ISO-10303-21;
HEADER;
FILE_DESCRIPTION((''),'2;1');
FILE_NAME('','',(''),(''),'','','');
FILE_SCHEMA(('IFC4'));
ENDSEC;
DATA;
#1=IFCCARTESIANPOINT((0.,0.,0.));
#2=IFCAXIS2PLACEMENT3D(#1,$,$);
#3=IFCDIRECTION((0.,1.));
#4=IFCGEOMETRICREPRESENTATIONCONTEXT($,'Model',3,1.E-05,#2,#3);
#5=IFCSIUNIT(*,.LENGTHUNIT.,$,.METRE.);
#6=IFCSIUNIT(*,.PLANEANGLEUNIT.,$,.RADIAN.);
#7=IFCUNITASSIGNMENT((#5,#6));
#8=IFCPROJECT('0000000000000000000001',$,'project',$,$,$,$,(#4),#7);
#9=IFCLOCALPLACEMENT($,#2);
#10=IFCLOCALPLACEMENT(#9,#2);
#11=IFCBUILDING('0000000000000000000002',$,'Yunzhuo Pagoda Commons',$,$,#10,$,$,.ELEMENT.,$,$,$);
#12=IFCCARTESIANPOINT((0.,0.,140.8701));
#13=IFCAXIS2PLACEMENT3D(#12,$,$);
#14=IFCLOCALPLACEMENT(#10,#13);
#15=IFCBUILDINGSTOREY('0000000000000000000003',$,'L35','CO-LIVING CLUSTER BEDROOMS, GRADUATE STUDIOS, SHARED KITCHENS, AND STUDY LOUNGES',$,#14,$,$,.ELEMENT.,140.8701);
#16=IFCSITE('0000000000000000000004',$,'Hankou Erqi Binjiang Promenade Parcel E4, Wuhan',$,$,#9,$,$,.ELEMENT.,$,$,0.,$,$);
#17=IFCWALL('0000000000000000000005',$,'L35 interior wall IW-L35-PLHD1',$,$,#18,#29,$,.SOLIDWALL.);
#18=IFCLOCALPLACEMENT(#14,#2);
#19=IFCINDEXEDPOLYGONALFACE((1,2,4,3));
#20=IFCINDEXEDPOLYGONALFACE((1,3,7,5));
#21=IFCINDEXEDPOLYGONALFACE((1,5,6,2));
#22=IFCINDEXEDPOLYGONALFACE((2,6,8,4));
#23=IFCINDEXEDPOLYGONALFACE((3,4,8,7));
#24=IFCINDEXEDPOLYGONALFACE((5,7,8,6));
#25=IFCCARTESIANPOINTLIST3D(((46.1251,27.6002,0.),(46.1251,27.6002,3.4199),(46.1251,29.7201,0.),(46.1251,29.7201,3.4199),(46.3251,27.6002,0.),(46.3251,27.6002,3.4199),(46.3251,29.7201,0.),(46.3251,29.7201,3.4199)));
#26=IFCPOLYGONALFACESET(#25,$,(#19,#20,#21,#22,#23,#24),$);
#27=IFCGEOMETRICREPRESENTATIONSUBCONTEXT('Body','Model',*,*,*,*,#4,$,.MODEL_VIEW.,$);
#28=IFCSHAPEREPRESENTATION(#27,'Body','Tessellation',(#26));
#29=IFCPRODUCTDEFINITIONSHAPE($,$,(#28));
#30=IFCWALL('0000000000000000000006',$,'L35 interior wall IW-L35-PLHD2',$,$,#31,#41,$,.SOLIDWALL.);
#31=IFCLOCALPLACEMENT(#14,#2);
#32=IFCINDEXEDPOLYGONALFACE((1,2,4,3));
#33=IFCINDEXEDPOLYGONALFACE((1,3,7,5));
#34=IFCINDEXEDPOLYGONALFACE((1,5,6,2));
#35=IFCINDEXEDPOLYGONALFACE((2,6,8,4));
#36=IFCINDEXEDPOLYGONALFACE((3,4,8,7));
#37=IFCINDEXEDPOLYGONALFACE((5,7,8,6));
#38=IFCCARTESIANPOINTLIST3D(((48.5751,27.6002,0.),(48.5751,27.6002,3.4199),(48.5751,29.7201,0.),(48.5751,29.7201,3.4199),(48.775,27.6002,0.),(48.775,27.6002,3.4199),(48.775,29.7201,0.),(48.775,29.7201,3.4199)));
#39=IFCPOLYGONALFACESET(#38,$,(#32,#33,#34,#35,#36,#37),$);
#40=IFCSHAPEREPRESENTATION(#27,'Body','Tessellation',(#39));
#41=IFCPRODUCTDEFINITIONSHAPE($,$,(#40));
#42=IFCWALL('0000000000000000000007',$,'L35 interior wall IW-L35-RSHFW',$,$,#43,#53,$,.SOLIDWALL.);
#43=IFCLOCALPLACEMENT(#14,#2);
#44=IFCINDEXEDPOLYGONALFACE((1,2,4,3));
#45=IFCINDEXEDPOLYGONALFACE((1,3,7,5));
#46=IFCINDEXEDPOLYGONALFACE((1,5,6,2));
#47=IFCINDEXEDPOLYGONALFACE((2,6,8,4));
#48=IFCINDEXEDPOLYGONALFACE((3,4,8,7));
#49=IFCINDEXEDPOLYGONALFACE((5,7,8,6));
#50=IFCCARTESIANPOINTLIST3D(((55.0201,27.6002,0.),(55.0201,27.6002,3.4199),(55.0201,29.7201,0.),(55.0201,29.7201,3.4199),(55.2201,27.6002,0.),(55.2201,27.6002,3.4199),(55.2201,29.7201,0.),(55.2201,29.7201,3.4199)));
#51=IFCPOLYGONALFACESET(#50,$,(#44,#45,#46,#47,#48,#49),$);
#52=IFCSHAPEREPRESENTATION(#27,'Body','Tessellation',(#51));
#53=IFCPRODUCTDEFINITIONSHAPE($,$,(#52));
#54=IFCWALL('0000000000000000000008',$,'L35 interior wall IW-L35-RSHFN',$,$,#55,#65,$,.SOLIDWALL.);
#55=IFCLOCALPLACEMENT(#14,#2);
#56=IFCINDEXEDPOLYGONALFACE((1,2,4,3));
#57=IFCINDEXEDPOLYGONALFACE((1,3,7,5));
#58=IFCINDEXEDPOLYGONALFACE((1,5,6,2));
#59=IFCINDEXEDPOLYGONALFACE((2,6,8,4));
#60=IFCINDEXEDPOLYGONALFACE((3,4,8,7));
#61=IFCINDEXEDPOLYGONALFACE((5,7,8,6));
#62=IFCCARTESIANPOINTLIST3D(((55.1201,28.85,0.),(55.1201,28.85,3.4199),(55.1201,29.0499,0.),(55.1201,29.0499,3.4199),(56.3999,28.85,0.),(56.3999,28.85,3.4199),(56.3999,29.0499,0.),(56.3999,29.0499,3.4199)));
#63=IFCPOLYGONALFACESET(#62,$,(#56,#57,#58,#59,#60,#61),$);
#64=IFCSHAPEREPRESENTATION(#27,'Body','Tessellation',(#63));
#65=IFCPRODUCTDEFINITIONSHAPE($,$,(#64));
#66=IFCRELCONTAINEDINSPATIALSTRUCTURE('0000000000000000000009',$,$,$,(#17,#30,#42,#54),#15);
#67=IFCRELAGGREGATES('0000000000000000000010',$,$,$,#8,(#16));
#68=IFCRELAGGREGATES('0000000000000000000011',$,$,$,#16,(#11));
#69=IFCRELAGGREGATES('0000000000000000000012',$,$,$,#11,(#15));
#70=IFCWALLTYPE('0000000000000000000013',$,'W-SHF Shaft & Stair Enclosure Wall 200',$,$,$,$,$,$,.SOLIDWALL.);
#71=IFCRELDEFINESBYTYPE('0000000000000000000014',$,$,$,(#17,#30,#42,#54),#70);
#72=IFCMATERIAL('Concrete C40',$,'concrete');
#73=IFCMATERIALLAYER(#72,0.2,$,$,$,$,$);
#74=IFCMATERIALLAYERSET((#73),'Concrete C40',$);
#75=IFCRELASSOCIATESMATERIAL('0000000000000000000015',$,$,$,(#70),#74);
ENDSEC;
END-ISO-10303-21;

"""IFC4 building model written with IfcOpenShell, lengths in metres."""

from ifc_helpers import new_model, si_unit, direction, frame, frame_2d, origin, place, context, subcontext, project, spatial, rectangle, extrude, material, layer, layer_set, type_object, element, save


model = new_model("IFC4")

# Units and contexts
model_context = context("Model", 3, precision=1e-05, world=origin(), true_north=direction((0.0, 1.0)))
body_context = subcontext(model_context, "Body", "Model", "MODEL_VIEW")
ifc_project = project(units=[si_unit("LENGTHUNIT", "METRE"), si_unit("PLANEANGLEUNIT", "RADIAN")], contexts=[model_context])

# Site, building, storey
site_placement = place(None, origin())
site = spatial("IfcSite", under=ifc_project, at=site_placement, Name="Hankou Erqi Binjiang Promenade Parcel E4, Wuhan", CompositionType="ELEMENT", RefElevation=0.0)
building_placement = place(site_placement, origin())
building = spatial("IfcBuilding", under=site, at=building_placement, Name="Yunzhuo Pagoda Commons", CompositionType="ELEMENT")
storey_placement = place(building_placement, frame((0.0, 0.0, 140.8701)))
storey = spatial("IfcBuildingStorey", under=building, at=storey_placement, Name="L35", Description="CO-LIVING CLUSTER BEDROOMS, GRADUATE STUDIOS, SHARED KITCHENS, AND STUDY LOUNGES", CompositionType="ELEMENT", Elevation=140.8701)

# Shared definitions
ifc_material_1 = material(Name="Concrete C40", Category="concrete")
ifc_layer_1 = layer(ifc_material_1, 0.2)
ifc_layer_set_1 = layer_set([ifc_layer_1], Name="Concrete C40")
wall_type_1 = type_object("IfcWallType", Name="W-SHF Shaft & Stair Enclosure Wall 200", PredefinedType="SOLIDWALL", material=ifc_layer_set_1)

# Walls
for number, where, z_axis, x_axis, name in (
    (1, (46.2251, 27.6001, 0.0), (0.0, 0.0, 1.0), (0.0, 1.0, 0.0), "L35 interior wall IW-L35-PLHD1"),
    (2, (48.675, 27.6001, 0.0), (0.0, 0.0, 1.0), (0.0, 1.0, 0.0), "L35 interior wall IW-L35-PLHD2"),
    (3, (55.1201, 27.6001, 0.0), (0.0, 0.0, 1.0), (0.0, 1.0, 0.0), "L35 interior wall IW-L35-RSHFW"),
):
    element("IfcWall", number, at=place(storey_placement, frame(where, z_axis=z_axis, x_axis=x_axis)), inside=storey, type_object=wall_type_1, Name=name, PredefinedType="SOLIDWALL", context=body_context, shape_type="SweptSolid", body=[
        extrude(rectangle(XDim=2.1199, YDim=0.2, at=frame_2d((1.0601, 0.0))), origin(), (0.0, 0.0, 1.0), 3.4199),
    ])
wall_1_placement = place(storey_placement, frame((55.1201, 28.95, 0.0), z_axis=(0.0, 0.0, 1.0), x_axis=(1.0, 0.0, 0.0)))
element("IfcWall", 4, at=wall_1_placement, inside=storey, type_object=wall_type_1, Name="L35 interior wall IW-L35-RSHFN", PredefinedType="SOLIDWALL", context=body_context, shape_type="SweptSolid", body=[
    extrude(rectangle(XDim=1.2798, YDim=0.2, at=frame_2d((0.6399, 0.0))), origin(), (0.0, 0.0, 1.0), 3.4199),
])

save(model, "model.ifc")
